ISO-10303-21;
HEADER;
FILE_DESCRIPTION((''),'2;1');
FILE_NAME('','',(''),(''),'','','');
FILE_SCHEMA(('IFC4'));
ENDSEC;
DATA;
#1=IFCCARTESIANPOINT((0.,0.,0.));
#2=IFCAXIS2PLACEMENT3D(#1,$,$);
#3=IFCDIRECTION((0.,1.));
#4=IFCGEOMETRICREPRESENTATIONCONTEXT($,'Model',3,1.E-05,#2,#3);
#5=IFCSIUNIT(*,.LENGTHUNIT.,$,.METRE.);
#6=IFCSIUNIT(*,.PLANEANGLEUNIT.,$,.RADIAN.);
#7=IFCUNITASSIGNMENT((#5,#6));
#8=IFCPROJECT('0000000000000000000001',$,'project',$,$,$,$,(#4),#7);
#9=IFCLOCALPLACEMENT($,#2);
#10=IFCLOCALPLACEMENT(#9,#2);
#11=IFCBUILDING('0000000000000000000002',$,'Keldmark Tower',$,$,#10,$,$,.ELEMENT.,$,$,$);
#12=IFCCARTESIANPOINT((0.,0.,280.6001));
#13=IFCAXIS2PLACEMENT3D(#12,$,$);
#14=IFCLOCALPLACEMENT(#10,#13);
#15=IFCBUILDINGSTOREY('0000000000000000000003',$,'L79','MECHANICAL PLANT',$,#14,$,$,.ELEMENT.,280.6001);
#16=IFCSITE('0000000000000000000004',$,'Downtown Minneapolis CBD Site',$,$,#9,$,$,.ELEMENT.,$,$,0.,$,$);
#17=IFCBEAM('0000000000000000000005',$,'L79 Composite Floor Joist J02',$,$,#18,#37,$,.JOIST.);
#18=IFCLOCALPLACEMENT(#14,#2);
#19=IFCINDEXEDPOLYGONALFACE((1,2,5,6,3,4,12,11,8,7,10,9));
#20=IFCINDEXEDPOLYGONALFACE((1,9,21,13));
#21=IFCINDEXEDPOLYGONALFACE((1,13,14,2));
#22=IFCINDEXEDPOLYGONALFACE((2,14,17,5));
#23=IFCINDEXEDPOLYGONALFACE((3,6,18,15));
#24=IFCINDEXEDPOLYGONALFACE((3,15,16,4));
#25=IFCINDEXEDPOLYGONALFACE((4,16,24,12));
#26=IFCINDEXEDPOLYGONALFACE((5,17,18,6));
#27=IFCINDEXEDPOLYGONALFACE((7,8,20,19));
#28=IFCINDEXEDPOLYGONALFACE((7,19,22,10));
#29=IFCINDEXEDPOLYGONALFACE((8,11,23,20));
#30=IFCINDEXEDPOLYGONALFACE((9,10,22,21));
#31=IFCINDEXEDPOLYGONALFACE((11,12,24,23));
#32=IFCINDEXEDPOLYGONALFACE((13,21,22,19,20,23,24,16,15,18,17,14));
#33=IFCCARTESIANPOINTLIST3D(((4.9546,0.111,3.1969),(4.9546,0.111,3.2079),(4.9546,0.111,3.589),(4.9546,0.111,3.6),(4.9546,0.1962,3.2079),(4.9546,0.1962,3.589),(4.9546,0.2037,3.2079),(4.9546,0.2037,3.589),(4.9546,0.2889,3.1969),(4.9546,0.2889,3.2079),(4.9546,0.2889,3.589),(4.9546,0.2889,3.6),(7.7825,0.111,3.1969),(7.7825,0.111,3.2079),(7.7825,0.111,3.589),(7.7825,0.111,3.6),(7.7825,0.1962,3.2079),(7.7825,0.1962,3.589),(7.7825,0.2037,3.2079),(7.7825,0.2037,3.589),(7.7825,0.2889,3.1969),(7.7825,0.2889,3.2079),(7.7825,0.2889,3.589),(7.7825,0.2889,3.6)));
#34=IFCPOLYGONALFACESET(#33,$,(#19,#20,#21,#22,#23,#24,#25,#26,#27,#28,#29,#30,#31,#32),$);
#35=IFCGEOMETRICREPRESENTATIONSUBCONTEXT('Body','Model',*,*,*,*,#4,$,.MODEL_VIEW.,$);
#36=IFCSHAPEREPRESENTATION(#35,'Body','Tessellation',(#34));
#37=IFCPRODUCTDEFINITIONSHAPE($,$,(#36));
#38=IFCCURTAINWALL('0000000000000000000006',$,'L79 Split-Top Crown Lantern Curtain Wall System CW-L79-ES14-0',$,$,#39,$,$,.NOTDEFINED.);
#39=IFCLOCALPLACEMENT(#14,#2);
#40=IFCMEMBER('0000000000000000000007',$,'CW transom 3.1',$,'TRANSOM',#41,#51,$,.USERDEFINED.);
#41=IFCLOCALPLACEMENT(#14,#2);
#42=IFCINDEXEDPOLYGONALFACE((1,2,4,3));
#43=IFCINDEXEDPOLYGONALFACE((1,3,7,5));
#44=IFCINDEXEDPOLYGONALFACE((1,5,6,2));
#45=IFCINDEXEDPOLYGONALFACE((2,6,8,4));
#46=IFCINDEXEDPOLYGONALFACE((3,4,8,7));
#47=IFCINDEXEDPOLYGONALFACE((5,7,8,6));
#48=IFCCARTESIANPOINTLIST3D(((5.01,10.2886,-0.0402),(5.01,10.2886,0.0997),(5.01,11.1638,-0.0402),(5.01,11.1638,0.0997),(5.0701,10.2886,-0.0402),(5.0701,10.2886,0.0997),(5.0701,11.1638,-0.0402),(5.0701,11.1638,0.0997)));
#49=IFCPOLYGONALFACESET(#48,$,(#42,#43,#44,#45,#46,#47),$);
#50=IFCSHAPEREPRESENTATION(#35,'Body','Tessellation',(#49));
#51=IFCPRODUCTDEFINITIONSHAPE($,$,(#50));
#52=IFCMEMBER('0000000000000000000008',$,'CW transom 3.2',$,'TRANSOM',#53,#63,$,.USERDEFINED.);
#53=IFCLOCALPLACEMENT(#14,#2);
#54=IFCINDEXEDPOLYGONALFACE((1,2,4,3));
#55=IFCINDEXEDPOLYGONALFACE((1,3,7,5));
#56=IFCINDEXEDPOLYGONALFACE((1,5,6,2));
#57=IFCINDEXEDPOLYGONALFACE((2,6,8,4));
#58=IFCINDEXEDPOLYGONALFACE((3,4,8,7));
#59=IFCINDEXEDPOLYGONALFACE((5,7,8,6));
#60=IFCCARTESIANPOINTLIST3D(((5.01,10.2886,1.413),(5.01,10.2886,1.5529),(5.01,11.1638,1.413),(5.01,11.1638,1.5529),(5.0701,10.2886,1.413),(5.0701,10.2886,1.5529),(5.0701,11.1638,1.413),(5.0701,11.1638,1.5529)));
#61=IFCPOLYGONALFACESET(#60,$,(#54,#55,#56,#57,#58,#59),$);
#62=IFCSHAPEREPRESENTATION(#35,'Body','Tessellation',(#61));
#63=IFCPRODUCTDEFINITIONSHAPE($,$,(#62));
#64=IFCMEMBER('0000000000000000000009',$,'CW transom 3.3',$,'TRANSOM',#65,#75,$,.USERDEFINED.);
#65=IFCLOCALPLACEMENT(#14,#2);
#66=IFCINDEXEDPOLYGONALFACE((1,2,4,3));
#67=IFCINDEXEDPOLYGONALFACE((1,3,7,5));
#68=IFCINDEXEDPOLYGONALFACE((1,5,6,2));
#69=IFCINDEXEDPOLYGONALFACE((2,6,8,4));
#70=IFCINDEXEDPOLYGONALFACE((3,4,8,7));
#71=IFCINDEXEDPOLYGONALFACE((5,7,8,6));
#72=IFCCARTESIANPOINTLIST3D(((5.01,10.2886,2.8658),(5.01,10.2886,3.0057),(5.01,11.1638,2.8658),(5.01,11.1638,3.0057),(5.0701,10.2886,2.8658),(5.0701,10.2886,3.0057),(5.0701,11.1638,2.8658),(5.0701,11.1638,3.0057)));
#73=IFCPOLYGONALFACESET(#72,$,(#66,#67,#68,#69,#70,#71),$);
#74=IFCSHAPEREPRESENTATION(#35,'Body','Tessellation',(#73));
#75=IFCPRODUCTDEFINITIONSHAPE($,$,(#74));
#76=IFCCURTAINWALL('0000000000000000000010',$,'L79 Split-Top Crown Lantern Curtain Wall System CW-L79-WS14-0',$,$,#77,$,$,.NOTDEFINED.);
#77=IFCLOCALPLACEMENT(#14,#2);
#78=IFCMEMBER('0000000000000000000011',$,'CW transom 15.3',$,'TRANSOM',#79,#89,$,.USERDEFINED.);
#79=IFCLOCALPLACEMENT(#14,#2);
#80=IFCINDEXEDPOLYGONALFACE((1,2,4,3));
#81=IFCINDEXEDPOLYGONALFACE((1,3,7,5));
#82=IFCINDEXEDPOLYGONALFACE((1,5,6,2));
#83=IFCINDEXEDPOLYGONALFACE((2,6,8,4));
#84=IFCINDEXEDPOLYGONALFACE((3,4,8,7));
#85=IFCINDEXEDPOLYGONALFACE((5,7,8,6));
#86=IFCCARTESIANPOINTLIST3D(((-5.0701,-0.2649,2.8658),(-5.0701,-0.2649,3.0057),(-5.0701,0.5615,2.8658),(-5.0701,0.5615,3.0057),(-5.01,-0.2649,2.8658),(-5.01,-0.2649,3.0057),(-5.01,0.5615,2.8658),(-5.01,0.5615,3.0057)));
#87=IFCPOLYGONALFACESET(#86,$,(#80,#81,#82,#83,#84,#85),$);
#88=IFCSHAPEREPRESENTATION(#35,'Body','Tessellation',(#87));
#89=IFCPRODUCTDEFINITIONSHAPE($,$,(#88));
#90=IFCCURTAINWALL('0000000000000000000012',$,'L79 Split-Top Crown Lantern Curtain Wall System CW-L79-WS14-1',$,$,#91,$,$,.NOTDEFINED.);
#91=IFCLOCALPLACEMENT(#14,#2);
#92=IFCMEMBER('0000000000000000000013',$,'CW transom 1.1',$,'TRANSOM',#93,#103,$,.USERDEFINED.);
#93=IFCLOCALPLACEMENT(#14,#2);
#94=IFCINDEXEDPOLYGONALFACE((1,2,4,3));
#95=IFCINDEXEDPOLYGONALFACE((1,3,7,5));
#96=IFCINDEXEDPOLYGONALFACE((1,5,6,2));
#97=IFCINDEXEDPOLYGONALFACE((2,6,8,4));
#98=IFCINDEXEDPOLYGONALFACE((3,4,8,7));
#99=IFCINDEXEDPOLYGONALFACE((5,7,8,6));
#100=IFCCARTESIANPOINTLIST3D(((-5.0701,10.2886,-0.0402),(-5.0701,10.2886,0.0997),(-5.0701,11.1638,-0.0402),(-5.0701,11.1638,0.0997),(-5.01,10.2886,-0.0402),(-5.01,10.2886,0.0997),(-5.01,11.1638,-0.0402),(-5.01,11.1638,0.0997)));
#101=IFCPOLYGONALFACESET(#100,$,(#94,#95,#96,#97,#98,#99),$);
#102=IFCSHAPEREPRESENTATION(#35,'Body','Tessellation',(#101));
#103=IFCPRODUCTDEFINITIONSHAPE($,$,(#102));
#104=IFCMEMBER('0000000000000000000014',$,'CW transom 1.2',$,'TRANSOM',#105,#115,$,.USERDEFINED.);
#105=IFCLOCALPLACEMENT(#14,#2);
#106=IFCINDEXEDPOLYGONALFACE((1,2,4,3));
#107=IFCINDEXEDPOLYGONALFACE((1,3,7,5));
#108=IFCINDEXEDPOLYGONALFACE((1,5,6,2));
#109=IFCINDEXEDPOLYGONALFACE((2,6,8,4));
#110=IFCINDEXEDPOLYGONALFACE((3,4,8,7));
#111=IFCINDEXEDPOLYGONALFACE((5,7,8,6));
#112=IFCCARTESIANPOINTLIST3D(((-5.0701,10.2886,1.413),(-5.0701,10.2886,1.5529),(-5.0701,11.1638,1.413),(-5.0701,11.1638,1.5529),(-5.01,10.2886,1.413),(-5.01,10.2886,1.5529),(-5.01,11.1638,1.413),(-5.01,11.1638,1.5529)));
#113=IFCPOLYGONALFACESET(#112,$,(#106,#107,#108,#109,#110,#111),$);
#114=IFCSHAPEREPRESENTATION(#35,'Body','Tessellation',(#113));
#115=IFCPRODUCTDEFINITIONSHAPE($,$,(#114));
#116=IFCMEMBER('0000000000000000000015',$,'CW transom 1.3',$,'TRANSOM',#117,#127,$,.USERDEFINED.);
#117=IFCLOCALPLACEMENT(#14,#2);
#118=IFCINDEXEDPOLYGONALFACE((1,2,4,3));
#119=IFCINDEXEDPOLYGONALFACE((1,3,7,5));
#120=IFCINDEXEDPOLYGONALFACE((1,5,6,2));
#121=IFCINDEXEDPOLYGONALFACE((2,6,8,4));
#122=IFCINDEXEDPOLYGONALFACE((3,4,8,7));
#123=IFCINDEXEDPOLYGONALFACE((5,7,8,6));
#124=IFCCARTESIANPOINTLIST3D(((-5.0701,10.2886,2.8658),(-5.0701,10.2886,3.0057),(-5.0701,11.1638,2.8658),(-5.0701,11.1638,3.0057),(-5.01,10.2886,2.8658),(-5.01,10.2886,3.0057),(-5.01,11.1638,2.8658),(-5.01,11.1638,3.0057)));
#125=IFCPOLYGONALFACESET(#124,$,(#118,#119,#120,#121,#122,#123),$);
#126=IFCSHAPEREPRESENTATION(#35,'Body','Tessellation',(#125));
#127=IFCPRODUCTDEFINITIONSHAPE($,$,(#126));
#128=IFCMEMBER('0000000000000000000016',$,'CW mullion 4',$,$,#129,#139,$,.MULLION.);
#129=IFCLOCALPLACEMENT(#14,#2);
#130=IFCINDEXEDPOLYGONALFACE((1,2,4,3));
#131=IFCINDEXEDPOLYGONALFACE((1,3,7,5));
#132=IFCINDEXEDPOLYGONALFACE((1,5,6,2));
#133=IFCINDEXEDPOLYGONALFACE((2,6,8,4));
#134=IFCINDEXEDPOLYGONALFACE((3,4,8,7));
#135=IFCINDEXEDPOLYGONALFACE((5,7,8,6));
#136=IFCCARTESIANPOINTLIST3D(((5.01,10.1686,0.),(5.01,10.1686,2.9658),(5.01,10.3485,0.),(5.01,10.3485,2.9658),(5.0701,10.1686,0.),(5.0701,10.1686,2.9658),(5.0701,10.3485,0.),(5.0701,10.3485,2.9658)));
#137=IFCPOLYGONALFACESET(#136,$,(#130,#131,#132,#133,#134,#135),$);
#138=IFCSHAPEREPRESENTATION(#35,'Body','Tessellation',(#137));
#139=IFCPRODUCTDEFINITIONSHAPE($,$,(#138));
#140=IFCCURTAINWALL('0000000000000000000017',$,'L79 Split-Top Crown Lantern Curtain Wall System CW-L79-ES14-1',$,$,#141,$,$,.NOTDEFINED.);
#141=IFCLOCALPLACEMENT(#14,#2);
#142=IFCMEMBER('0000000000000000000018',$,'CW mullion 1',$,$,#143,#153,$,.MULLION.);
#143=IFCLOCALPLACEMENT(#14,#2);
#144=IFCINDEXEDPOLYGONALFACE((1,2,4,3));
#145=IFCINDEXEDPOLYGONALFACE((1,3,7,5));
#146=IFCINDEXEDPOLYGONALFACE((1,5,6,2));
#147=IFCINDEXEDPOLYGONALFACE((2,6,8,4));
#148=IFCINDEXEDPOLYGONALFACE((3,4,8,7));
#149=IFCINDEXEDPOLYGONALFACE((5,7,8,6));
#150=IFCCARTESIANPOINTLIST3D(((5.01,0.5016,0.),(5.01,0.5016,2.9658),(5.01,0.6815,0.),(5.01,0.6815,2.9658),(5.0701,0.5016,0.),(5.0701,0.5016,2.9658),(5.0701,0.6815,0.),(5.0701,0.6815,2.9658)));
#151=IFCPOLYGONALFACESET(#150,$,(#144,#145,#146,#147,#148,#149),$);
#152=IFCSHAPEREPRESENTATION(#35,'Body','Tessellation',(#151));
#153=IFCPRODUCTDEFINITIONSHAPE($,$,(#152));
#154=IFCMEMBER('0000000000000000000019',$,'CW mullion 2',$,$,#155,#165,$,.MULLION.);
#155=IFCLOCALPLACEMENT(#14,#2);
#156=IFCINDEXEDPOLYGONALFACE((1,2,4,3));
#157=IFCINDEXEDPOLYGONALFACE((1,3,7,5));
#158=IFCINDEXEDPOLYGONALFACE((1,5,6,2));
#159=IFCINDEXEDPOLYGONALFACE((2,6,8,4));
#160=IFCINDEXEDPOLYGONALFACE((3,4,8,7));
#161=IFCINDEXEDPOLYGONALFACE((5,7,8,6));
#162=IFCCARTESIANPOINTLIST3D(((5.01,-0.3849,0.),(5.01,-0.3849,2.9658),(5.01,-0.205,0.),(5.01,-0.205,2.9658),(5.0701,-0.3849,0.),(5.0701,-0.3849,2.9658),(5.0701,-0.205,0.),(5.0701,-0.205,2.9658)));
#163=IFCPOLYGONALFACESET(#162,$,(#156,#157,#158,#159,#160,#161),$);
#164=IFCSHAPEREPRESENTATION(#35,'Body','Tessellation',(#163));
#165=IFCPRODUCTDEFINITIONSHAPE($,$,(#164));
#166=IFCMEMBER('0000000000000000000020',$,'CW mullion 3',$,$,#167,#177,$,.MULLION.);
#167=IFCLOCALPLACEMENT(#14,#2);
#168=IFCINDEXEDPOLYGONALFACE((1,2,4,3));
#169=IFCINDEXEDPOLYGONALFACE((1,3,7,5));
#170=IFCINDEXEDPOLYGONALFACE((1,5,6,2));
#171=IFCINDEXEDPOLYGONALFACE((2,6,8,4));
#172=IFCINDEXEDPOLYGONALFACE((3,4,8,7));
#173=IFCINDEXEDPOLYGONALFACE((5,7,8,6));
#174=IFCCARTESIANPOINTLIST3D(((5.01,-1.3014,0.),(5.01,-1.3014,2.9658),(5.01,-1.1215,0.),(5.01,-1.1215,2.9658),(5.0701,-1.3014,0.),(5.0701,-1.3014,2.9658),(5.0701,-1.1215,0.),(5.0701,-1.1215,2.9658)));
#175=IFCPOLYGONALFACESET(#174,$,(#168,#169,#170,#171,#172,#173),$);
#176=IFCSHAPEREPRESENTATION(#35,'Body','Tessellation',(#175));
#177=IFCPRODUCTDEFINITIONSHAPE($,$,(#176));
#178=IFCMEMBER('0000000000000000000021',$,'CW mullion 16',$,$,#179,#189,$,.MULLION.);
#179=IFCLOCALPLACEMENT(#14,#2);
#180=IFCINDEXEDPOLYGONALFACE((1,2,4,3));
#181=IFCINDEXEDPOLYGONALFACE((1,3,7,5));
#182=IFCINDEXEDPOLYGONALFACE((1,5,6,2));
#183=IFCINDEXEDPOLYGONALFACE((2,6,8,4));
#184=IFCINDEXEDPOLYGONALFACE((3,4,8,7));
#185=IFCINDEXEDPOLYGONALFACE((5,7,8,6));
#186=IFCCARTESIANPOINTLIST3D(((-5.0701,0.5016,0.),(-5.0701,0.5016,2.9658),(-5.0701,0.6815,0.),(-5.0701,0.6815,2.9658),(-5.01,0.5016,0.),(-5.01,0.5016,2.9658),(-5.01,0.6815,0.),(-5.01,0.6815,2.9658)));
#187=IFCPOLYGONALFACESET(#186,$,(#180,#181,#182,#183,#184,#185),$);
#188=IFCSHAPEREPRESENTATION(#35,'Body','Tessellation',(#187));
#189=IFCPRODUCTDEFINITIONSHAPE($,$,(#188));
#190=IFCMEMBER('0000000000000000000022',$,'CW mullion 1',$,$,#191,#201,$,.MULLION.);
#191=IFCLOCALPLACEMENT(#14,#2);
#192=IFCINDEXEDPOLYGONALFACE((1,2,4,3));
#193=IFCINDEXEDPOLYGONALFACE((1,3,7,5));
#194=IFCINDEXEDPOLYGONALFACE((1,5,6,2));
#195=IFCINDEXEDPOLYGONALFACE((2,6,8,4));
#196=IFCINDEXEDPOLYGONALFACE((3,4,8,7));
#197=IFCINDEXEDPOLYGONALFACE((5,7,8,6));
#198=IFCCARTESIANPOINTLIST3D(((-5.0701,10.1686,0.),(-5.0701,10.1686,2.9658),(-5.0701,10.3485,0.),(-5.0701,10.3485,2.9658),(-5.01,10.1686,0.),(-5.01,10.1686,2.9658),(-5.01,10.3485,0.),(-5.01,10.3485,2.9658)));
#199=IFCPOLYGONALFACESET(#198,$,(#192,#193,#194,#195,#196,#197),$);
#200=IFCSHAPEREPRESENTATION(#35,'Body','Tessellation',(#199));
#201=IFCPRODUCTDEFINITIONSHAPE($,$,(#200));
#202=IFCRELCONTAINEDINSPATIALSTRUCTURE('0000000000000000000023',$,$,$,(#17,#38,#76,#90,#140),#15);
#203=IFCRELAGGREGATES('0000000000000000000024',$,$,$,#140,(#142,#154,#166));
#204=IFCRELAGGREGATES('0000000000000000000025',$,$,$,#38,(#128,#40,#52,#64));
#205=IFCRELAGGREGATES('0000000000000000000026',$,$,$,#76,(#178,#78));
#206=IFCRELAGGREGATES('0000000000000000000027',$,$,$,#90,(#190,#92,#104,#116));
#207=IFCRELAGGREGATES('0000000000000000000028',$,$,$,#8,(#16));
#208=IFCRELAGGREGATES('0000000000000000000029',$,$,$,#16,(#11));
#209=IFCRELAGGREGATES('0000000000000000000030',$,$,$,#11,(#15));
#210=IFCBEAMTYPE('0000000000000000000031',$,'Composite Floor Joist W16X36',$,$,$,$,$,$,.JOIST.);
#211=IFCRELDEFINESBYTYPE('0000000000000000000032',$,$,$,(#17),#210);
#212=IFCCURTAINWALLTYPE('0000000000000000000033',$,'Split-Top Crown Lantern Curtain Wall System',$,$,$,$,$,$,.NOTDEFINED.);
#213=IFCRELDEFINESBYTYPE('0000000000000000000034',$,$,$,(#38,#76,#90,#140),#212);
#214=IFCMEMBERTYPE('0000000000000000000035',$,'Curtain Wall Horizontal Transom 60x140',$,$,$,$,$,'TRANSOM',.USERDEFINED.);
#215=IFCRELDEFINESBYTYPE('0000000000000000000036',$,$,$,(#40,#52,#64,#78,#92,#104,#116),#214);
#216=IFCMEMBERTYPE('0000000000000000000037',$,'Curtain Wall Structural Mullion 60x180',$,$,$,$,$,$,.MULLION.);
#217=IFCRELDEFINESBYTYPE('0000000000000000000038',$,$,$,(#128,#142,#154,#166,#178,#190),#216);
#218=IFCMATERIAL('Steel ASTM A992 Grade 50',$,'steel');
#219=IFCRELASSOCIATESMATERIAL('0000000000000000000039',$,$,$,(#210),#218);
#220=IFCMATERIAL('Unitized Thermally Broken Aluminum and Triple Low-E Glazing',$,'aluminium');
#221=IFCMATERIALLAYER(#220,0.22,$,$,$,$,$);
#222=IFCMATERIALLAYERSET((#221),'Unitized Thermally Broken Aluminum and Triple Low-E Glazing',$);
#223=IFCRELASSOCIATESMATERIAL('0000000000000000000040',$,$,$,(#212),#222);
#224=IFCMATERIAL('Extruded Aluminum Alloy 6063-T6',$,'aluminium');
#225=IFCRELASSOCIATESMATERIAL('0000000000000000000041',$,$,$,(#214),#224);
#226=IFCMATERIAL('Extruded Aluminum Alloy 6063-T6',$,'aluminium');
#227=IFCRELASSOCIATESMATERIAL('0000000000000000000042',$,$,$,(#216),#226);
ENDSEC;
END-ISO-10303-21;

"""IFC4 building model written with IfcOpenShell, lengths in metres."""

from ifc_helpers import new_model, si_unit, direction, frame, origin, origin_2d, place, context, subcontext, project, spatial, rectangle, i_section, extrude, material, layer, layer_set, material_profile, profile_set, type_object, element, aggregate, save


model = new_model("IFC4")

# Units and contexts
model_context = context("Model", 3, precision=1e-05, world=origin(), true_north=direction((0.0, 1.0)))
body_context = subcontext(model_context, "Body", "Model", "MODEL_VIEW")
ifc_project = project(units=[si_unit("LENGTHUNIT", "METRE"), si_unit("PLANEANGLEUNIT", "RADIAN")], contexts=[model_context])

# Site, building, storey
site_placement = place(None, origin())
site = spatial("IfcSite", under=ifc_project, at=site_placement, Name="Downtown Minneapolis CBD Site", CompositionType="ELEMENT", RefElevation=0.0)
building_placement = place(site_placement, origin())
building = spatial("IfcBuilding", under=site, at=building_placement, Name="Keldmark Tower", CompositionType="ELEMENT")
storey_placement = place(building_placement, frame((0.0, 0.0, 280.6001)))
storey = spatial("IfcBuildingStorey", under=building, at=storey_placement, Name="L79", Description="MECHANICAL PLANT", CompositionType="ELEMENT", Elevation=280.6001)

# Beam
ifc_material_1 = material(Name="Steel ASTM A992 Grade 50", Category="steel")
ifc_material_profile_1 = material_profile(ifc_material_1, i_section(OverallWidth=0.178, OverallDepth=0.4031, WebThickness=0.0076, FlangeThickness=0.011, at=origin_2d()), Name="W16X36")
ifc_profile_set_1 = profile_set([ifc_material_profile_1], Name="Steel ASTM A992 Grade 50")
beam_type = type_object("IfcBeamType", Name="Composite Floor Joist W16X36", PredefinedType="JOIST", material=ifc_profile_set_1)
beam_placement = place(storey_placement, frame((4.9546, 0.2, 3.3984), z_axis=(1.0, 0.0, 0.0), x_axis=(0.0, 1.0, 0.0)))
element("IfcBeam", 1, at=beam_placement, inside=storey, type_object=beam_type, Name="L79 Composite Floor Joist J02", PredefinedType="JOIST", context=body_context, shape_type="SweptSolid", body=[
    extrude(i_section(OverallWidth=0.178, OverallDepth=0.4031, WebThickness=0.0076, FlangeThickness=0.011, at=origin_2d()), origin(), (0.0, 0.0, 1.0), 2.8279),
])

# Curtain wall, members
ifc_material_2 = material(Name="Unitized Thermally Broken Aluminum and Triple Low-E Glazing", Category="aluminium")
ifc_layer_1 = layer(ifc_material_2, 0.22)
ifc_layer_set_1 = layer_set([ifc_layer_1], Name="Unitized Thermally Broken Aluminum and Triple Low-E Glazing")
curtain_wall_type = type_object("IfcCurtainWallType", Name="Split-Top Crown Lantern Curtain Wall System", PredefinedType="NOTDEFINED", material=ifc_layer_set_1)
curtain_wall_1_placement = place(storey_placement, origin())
curtain_wall_1 = element("IfcCurtainWall", 2, at=curtain_wall_1_placement, inside=storey, type_object=curtain_wall_type, Name="L79 Split-Top Crown Lantern Curtain Wall System CW-L79-ES14-0", PredefinedType="NOTDEFINED")
ifc_material_3 = material(Name="Extruded Aluminum Alloy 6063-T6", Category="aluminium")
ifc_material_profile_2 = material_profile(ifc_material_3, rectangle(XDim=0.0601, YDim=0.1399, at=origin_2d()), Name="CWT60X140")
ifc_profile_set_2 = profile_set([ifc_material_profile_2], Name="Extruded Aluminum Alloy 6063-T6")
member_type_1 = type_object("IfcMemberType", Name="Curtain Wall Horizontal Transom 60x140", ElementType="TRANSOM", PredefinedType="USERDEFINED", material=ifc_profile_set_2)
member_1_placement = place(storey_placement, frame((5.04, 11.1638, 0.0298), z_axis=(0.0, -1.0, 0.0), x_axis=(1.0, 0.0, 0.0)))
member_1 = element("IfcMember", 3, at=member_1_placement, type_object=member_type_1, Name="CW transom 3.1", ObjectType="TRANSOM", PredefinedType="USERDEFINED", context=body_context, shape_type="SweptSolid", body=[
    extrude(rectangle(XDim=0.0601, YDim=0.1399, at=origin_2d()), origin(), (0.0, 0.0, 1.0), 0.8752),
])
member_2_placement = place(storey_placement, frame((5.04, 11.1638, 1.4829), z_axis=(0.0, -1.0, 0.0), x_axis=(1.0, 0.0, 0.0)))
member_2 = element("IfcMember", 4, at=member_2_placement, type_object=member_type_1, Name="CW transom 3.2", ObjectType="TRANSOM", PredefinedType="USERDEFINED", context=body_context, shape_type="SweptSolid", body=[
    extrude(rectangle(XDim=0.0601, YDim=0.1399, at=origin_2d()), origin(), (0.0, 0.0, 1.0), 0.8752),
])
member_3_placement = place(storey_placement, frame((5.04, 11.1638, 2.9358), z_axis=(0.0, -1.0, 0.0), x_axis=(1.0, 0.0, 0.0)))
member_3 = element("IfcMember", 5, at=member_3_placement, type_object=member_type_1, Name="CW transom 3.3", ObjectType="TRANSOM", PredefinedType="USERDEFINED", context=body_context, shape_type="SweptSolid", body=[
    extrude(rectangle(XDim=0.0601, YDim=0.1399, at=origin_2d()), origin(), (0.0, 0.0, 1.0), 0.8752),
])

# Curtain wall, member
curtain_wall_2_placement = place(storey_placement, origin())
curtain_wall_2 = element("IfcCurtainWall", 6, at=curtain_wall_2_placement, inside=storey, type_object=curtain_wall_type, Name="L79 Split-Top Crown Lantern Curtain Wall System CW-L79-WS14-0", PredefinedType="NOTDEFINED")
member_4_placement = place(storey_placement, frame((-5.04, -0.2649, 2.9358), z_axis=(0.0, 1.0, 0.0), x_axis=(-1.0, 0.0, 0.0)))
member_4 = element("IfcMember", 7, at=member_4_placement, type_object=member_type_1, Name="CW transom 15.3", ObjectType="TRANSOM", PredefinedType="USERDEFINED", context=body_context, shape_type="SweptSolid", body=[
    extrude(rectangle(XDim=0.0601, YDim=0.1399, at=origin_2d()), origin(), (0.0, 0.0, 1.0), 0.8264),
])

# Curtain wall, members
curtain_wall_3_placement = place(storey_placement, origin())
curtain_wall_3 = element("IfcCurtainWall", 8, at=curtain_wall_3_placement, inside=storey, type_object=curtain_wall_type, Name="L79 Split-Top Crown Lantern Curtain Wall System CW-L79-WS14-1", PredefinedType="NOTDEFINED")
member_5_placement = place(storey_placement, frame((-5.04, 10.2886, 0.0298), z_axis=(0.0, 1.0, 0.0), x_axis=(-1.0, 0.0, 0.0)))
member_5 = element("IfcMember", 9, at=member_5_placement, type_object=member_type_1, Name="CW transom 1.1", ObjectType="TRANSOM", PredefinedType="USERDEFINED", context=body_context, shape_type="SweptSolid", body=[
    extrude(rectangle(XDim=0.0601, YDim=0.1399, at=origin_2d()), origin(), (0.0, 0.0, 1.0), 0.8752),
])
member_6_placement = place(storey_placement, frame((-5.04, 10.2886, 1.4829), z_axis=(0.0, 1.0, 0.0), x_axis=(-1.0, 0.0, 0.0)))
member_6 = element("IfcMember", 10, at=member_6_placement, type_object=member_type_1, Name="CW transom 1.2", ObjectType="TRANSOM", PredefinedType="USERDEFINED", context=body_context, shape_type="SweptSolid", body=[
    extrude(rectangle(XDim=0.0601, YDim=0.1399, at=origin_2d()), origin(), (0.0, 0.0, 1.0), 0.8752),
])
member_7_placement = place(storey_placement, frame((-5.04, 10.2886, 2.9358), z_axis=(0.0, 1.0, 0.0), x_axis=(-1.0, 0.0, 0.0)))
member_7 = element("IfcMember", 11, at=member_7_placement, type_object=member_type_1, Name="CW transom 1.3", ObjectType="TRANSOM", PredefinedType="USERDEFINED", context=body_context, shape_type="SweptSolid", body=[
    extrude(rectangle(XDim=0.0601, YDim=0.1399, at=origin_2d()), origin(), (0.0, 0.0, 1.0), 0.8752),
])

# Member
ifc_material_4 = material(Name="Extruded Aluminum Alloy 6063-T6", Category="aluminium")
ifc_material_profile_3 = material_profile(ifc_material_4, rectangle(XDim=0.0601, YDim=0.1799, at=origin_2d()), Name="CWM60X180")
ifc_profile_set_3 = profile_set([ifc_material_profile_3], Name="Extruded Aluminum Alloy 6063-T6")
member_type_2 = type_object("IfcMemberType", Name="Curtain Wall Structural Mullion 60x180", PredefinedType="MULLION", material=ifc_profile_set_3)
member_8_placement = place(storey_placement, frame((5.04, 10.2585, 0.0), z_axis=(0.0, 0.0, 1.0), x_axis=(1.0, 0.0, 0.0)))
member_8 = element("IfcMember", 12, at=member_8_placement, type_object=member_type_2, Name="CW mullion 4", PredefinedType="MULLION", context=body_context, shape_type="SweptSolid", body=[
    extrude(rectangle(XDim=0.0601, YDim=0.1799, at=origin_2d()), origin(), (0.0, 0.0, 1.0), 2.9658),
])

# Curtain wall, members
curtain_wall_4_placement = place(storey_placement, origin())
curtain_wall_4 = element("IfcCurtainWall", 13, at=curtain_wall_4_placement, inside=storey, type_object=curtain_wall_type, Name="L79 Split-Top Crown Lantern Curtain Wall System CW-L79-ES14-1", PredefinedType="NOTDEFINED")
member_9_placement = place(storey_placement, frame((5.04, 0.5916, 0.0), z_axis=(0.0, 0.0, 1.0), x_axis=(1.0, 0.0, 0.0)))
member_9 = element("IfcMember", 14, at=member_9_placement, type_object=member_type_2, Name="CW mullion 1", PredefinedType="MULLION", context=body_context, shape_type="SweptSolid", body=[
    extrude(rectangle(XDim=0.0601, YDim=0.1799, at=origin_2d()), origin(), (0.0, 0.0, 1.0), 2.9658),
])
member_10_placement = place(storey_placement, frame((5.04, -0.2949, 0.0), z_axis=(0.0, 0.0, 1.0), x_axis=(1.0, 0.0, 0.0)))
member_10 = element("IfcMember", 15, at=member_10_placement, type_object=member_type_2, Name="CW mullion 2", PredefinedType="MULLION", context=body_context, shape_type="SweptSolid", body=[
    extrude(rectangle(XDim=0.0601, YDim=0.1799, at=origin_2d()), origin(), (0.0, 0.0, 1.0), 2.9658),
])
member_11_placement = place(storey_placement, frame((5.04, -1.2114, 0.0), z_axis=(0.0, 0.0, 1.0), x_axis=(1.0, 0.0, 0.0)))
member_11 = element("IfcMember", 16, at=member_11_placement, type_object=member_type_2, Name="CW mullion 3", PredefinedType="MULLION", context=body_context, shape_type="SweptSolid", body=[
    extrude(rectangle(XDim=0.0601, YDim=0.1799, at=origin_2d()), origin(), (0.0, 0.0, 1.0), 2.9658),
])
aggregate(curtain_wall_4, [member_9, member_10, member_11])

# Members
member_12_placement = place(storey_placement, frame((-5.04, 0.5916, 0.0), z_axis=(0.0, 0.0, 1.0), x_axis=(-1.0, 0.0, 0.0)))
member_12 = element("IfcMember", 17, at=member_12_placement, type_object=member_type_2, Name="CW mullion 16", PredefinedType="MULLION", context=body_context, shape_type="SweptSolid", body=[
    extrude(rectangle(XDim=0.0601, YDim=0.1799, at=origin_2d()), origin(), (0.0, 0.0, 1.0), 2.9658),
])
member_13_placement = place(storey_placement, frame((-5.04, 10.2585, 0.0), z_axis=(0.0, 0.0, 1.0), x_axis=(-1.0, 0.0, 0.0)))
member_13 = element("IfcMember", 18, at=member_13_placement, type_object=member_type_2, Name="CW mullion 1", PredefinedType="MULLION", context=body_context, shape_type="SweptSolid", body=[
    extrude(rectangle(XDim=0.0601, YDim=0.1799, at=origin_2d()), origin(), (0.0, 0.0, 1.0), 2.9658),
])

aggregate(curtain_wall_1, [member_8, member_1, member_2, member_3])
aggregate(curtain_wall_2, [member_12, member_4])
aggregate(curtain_wall_3, [member_13, member_5, member_6, member_7])

save(model, "model.ifc")
